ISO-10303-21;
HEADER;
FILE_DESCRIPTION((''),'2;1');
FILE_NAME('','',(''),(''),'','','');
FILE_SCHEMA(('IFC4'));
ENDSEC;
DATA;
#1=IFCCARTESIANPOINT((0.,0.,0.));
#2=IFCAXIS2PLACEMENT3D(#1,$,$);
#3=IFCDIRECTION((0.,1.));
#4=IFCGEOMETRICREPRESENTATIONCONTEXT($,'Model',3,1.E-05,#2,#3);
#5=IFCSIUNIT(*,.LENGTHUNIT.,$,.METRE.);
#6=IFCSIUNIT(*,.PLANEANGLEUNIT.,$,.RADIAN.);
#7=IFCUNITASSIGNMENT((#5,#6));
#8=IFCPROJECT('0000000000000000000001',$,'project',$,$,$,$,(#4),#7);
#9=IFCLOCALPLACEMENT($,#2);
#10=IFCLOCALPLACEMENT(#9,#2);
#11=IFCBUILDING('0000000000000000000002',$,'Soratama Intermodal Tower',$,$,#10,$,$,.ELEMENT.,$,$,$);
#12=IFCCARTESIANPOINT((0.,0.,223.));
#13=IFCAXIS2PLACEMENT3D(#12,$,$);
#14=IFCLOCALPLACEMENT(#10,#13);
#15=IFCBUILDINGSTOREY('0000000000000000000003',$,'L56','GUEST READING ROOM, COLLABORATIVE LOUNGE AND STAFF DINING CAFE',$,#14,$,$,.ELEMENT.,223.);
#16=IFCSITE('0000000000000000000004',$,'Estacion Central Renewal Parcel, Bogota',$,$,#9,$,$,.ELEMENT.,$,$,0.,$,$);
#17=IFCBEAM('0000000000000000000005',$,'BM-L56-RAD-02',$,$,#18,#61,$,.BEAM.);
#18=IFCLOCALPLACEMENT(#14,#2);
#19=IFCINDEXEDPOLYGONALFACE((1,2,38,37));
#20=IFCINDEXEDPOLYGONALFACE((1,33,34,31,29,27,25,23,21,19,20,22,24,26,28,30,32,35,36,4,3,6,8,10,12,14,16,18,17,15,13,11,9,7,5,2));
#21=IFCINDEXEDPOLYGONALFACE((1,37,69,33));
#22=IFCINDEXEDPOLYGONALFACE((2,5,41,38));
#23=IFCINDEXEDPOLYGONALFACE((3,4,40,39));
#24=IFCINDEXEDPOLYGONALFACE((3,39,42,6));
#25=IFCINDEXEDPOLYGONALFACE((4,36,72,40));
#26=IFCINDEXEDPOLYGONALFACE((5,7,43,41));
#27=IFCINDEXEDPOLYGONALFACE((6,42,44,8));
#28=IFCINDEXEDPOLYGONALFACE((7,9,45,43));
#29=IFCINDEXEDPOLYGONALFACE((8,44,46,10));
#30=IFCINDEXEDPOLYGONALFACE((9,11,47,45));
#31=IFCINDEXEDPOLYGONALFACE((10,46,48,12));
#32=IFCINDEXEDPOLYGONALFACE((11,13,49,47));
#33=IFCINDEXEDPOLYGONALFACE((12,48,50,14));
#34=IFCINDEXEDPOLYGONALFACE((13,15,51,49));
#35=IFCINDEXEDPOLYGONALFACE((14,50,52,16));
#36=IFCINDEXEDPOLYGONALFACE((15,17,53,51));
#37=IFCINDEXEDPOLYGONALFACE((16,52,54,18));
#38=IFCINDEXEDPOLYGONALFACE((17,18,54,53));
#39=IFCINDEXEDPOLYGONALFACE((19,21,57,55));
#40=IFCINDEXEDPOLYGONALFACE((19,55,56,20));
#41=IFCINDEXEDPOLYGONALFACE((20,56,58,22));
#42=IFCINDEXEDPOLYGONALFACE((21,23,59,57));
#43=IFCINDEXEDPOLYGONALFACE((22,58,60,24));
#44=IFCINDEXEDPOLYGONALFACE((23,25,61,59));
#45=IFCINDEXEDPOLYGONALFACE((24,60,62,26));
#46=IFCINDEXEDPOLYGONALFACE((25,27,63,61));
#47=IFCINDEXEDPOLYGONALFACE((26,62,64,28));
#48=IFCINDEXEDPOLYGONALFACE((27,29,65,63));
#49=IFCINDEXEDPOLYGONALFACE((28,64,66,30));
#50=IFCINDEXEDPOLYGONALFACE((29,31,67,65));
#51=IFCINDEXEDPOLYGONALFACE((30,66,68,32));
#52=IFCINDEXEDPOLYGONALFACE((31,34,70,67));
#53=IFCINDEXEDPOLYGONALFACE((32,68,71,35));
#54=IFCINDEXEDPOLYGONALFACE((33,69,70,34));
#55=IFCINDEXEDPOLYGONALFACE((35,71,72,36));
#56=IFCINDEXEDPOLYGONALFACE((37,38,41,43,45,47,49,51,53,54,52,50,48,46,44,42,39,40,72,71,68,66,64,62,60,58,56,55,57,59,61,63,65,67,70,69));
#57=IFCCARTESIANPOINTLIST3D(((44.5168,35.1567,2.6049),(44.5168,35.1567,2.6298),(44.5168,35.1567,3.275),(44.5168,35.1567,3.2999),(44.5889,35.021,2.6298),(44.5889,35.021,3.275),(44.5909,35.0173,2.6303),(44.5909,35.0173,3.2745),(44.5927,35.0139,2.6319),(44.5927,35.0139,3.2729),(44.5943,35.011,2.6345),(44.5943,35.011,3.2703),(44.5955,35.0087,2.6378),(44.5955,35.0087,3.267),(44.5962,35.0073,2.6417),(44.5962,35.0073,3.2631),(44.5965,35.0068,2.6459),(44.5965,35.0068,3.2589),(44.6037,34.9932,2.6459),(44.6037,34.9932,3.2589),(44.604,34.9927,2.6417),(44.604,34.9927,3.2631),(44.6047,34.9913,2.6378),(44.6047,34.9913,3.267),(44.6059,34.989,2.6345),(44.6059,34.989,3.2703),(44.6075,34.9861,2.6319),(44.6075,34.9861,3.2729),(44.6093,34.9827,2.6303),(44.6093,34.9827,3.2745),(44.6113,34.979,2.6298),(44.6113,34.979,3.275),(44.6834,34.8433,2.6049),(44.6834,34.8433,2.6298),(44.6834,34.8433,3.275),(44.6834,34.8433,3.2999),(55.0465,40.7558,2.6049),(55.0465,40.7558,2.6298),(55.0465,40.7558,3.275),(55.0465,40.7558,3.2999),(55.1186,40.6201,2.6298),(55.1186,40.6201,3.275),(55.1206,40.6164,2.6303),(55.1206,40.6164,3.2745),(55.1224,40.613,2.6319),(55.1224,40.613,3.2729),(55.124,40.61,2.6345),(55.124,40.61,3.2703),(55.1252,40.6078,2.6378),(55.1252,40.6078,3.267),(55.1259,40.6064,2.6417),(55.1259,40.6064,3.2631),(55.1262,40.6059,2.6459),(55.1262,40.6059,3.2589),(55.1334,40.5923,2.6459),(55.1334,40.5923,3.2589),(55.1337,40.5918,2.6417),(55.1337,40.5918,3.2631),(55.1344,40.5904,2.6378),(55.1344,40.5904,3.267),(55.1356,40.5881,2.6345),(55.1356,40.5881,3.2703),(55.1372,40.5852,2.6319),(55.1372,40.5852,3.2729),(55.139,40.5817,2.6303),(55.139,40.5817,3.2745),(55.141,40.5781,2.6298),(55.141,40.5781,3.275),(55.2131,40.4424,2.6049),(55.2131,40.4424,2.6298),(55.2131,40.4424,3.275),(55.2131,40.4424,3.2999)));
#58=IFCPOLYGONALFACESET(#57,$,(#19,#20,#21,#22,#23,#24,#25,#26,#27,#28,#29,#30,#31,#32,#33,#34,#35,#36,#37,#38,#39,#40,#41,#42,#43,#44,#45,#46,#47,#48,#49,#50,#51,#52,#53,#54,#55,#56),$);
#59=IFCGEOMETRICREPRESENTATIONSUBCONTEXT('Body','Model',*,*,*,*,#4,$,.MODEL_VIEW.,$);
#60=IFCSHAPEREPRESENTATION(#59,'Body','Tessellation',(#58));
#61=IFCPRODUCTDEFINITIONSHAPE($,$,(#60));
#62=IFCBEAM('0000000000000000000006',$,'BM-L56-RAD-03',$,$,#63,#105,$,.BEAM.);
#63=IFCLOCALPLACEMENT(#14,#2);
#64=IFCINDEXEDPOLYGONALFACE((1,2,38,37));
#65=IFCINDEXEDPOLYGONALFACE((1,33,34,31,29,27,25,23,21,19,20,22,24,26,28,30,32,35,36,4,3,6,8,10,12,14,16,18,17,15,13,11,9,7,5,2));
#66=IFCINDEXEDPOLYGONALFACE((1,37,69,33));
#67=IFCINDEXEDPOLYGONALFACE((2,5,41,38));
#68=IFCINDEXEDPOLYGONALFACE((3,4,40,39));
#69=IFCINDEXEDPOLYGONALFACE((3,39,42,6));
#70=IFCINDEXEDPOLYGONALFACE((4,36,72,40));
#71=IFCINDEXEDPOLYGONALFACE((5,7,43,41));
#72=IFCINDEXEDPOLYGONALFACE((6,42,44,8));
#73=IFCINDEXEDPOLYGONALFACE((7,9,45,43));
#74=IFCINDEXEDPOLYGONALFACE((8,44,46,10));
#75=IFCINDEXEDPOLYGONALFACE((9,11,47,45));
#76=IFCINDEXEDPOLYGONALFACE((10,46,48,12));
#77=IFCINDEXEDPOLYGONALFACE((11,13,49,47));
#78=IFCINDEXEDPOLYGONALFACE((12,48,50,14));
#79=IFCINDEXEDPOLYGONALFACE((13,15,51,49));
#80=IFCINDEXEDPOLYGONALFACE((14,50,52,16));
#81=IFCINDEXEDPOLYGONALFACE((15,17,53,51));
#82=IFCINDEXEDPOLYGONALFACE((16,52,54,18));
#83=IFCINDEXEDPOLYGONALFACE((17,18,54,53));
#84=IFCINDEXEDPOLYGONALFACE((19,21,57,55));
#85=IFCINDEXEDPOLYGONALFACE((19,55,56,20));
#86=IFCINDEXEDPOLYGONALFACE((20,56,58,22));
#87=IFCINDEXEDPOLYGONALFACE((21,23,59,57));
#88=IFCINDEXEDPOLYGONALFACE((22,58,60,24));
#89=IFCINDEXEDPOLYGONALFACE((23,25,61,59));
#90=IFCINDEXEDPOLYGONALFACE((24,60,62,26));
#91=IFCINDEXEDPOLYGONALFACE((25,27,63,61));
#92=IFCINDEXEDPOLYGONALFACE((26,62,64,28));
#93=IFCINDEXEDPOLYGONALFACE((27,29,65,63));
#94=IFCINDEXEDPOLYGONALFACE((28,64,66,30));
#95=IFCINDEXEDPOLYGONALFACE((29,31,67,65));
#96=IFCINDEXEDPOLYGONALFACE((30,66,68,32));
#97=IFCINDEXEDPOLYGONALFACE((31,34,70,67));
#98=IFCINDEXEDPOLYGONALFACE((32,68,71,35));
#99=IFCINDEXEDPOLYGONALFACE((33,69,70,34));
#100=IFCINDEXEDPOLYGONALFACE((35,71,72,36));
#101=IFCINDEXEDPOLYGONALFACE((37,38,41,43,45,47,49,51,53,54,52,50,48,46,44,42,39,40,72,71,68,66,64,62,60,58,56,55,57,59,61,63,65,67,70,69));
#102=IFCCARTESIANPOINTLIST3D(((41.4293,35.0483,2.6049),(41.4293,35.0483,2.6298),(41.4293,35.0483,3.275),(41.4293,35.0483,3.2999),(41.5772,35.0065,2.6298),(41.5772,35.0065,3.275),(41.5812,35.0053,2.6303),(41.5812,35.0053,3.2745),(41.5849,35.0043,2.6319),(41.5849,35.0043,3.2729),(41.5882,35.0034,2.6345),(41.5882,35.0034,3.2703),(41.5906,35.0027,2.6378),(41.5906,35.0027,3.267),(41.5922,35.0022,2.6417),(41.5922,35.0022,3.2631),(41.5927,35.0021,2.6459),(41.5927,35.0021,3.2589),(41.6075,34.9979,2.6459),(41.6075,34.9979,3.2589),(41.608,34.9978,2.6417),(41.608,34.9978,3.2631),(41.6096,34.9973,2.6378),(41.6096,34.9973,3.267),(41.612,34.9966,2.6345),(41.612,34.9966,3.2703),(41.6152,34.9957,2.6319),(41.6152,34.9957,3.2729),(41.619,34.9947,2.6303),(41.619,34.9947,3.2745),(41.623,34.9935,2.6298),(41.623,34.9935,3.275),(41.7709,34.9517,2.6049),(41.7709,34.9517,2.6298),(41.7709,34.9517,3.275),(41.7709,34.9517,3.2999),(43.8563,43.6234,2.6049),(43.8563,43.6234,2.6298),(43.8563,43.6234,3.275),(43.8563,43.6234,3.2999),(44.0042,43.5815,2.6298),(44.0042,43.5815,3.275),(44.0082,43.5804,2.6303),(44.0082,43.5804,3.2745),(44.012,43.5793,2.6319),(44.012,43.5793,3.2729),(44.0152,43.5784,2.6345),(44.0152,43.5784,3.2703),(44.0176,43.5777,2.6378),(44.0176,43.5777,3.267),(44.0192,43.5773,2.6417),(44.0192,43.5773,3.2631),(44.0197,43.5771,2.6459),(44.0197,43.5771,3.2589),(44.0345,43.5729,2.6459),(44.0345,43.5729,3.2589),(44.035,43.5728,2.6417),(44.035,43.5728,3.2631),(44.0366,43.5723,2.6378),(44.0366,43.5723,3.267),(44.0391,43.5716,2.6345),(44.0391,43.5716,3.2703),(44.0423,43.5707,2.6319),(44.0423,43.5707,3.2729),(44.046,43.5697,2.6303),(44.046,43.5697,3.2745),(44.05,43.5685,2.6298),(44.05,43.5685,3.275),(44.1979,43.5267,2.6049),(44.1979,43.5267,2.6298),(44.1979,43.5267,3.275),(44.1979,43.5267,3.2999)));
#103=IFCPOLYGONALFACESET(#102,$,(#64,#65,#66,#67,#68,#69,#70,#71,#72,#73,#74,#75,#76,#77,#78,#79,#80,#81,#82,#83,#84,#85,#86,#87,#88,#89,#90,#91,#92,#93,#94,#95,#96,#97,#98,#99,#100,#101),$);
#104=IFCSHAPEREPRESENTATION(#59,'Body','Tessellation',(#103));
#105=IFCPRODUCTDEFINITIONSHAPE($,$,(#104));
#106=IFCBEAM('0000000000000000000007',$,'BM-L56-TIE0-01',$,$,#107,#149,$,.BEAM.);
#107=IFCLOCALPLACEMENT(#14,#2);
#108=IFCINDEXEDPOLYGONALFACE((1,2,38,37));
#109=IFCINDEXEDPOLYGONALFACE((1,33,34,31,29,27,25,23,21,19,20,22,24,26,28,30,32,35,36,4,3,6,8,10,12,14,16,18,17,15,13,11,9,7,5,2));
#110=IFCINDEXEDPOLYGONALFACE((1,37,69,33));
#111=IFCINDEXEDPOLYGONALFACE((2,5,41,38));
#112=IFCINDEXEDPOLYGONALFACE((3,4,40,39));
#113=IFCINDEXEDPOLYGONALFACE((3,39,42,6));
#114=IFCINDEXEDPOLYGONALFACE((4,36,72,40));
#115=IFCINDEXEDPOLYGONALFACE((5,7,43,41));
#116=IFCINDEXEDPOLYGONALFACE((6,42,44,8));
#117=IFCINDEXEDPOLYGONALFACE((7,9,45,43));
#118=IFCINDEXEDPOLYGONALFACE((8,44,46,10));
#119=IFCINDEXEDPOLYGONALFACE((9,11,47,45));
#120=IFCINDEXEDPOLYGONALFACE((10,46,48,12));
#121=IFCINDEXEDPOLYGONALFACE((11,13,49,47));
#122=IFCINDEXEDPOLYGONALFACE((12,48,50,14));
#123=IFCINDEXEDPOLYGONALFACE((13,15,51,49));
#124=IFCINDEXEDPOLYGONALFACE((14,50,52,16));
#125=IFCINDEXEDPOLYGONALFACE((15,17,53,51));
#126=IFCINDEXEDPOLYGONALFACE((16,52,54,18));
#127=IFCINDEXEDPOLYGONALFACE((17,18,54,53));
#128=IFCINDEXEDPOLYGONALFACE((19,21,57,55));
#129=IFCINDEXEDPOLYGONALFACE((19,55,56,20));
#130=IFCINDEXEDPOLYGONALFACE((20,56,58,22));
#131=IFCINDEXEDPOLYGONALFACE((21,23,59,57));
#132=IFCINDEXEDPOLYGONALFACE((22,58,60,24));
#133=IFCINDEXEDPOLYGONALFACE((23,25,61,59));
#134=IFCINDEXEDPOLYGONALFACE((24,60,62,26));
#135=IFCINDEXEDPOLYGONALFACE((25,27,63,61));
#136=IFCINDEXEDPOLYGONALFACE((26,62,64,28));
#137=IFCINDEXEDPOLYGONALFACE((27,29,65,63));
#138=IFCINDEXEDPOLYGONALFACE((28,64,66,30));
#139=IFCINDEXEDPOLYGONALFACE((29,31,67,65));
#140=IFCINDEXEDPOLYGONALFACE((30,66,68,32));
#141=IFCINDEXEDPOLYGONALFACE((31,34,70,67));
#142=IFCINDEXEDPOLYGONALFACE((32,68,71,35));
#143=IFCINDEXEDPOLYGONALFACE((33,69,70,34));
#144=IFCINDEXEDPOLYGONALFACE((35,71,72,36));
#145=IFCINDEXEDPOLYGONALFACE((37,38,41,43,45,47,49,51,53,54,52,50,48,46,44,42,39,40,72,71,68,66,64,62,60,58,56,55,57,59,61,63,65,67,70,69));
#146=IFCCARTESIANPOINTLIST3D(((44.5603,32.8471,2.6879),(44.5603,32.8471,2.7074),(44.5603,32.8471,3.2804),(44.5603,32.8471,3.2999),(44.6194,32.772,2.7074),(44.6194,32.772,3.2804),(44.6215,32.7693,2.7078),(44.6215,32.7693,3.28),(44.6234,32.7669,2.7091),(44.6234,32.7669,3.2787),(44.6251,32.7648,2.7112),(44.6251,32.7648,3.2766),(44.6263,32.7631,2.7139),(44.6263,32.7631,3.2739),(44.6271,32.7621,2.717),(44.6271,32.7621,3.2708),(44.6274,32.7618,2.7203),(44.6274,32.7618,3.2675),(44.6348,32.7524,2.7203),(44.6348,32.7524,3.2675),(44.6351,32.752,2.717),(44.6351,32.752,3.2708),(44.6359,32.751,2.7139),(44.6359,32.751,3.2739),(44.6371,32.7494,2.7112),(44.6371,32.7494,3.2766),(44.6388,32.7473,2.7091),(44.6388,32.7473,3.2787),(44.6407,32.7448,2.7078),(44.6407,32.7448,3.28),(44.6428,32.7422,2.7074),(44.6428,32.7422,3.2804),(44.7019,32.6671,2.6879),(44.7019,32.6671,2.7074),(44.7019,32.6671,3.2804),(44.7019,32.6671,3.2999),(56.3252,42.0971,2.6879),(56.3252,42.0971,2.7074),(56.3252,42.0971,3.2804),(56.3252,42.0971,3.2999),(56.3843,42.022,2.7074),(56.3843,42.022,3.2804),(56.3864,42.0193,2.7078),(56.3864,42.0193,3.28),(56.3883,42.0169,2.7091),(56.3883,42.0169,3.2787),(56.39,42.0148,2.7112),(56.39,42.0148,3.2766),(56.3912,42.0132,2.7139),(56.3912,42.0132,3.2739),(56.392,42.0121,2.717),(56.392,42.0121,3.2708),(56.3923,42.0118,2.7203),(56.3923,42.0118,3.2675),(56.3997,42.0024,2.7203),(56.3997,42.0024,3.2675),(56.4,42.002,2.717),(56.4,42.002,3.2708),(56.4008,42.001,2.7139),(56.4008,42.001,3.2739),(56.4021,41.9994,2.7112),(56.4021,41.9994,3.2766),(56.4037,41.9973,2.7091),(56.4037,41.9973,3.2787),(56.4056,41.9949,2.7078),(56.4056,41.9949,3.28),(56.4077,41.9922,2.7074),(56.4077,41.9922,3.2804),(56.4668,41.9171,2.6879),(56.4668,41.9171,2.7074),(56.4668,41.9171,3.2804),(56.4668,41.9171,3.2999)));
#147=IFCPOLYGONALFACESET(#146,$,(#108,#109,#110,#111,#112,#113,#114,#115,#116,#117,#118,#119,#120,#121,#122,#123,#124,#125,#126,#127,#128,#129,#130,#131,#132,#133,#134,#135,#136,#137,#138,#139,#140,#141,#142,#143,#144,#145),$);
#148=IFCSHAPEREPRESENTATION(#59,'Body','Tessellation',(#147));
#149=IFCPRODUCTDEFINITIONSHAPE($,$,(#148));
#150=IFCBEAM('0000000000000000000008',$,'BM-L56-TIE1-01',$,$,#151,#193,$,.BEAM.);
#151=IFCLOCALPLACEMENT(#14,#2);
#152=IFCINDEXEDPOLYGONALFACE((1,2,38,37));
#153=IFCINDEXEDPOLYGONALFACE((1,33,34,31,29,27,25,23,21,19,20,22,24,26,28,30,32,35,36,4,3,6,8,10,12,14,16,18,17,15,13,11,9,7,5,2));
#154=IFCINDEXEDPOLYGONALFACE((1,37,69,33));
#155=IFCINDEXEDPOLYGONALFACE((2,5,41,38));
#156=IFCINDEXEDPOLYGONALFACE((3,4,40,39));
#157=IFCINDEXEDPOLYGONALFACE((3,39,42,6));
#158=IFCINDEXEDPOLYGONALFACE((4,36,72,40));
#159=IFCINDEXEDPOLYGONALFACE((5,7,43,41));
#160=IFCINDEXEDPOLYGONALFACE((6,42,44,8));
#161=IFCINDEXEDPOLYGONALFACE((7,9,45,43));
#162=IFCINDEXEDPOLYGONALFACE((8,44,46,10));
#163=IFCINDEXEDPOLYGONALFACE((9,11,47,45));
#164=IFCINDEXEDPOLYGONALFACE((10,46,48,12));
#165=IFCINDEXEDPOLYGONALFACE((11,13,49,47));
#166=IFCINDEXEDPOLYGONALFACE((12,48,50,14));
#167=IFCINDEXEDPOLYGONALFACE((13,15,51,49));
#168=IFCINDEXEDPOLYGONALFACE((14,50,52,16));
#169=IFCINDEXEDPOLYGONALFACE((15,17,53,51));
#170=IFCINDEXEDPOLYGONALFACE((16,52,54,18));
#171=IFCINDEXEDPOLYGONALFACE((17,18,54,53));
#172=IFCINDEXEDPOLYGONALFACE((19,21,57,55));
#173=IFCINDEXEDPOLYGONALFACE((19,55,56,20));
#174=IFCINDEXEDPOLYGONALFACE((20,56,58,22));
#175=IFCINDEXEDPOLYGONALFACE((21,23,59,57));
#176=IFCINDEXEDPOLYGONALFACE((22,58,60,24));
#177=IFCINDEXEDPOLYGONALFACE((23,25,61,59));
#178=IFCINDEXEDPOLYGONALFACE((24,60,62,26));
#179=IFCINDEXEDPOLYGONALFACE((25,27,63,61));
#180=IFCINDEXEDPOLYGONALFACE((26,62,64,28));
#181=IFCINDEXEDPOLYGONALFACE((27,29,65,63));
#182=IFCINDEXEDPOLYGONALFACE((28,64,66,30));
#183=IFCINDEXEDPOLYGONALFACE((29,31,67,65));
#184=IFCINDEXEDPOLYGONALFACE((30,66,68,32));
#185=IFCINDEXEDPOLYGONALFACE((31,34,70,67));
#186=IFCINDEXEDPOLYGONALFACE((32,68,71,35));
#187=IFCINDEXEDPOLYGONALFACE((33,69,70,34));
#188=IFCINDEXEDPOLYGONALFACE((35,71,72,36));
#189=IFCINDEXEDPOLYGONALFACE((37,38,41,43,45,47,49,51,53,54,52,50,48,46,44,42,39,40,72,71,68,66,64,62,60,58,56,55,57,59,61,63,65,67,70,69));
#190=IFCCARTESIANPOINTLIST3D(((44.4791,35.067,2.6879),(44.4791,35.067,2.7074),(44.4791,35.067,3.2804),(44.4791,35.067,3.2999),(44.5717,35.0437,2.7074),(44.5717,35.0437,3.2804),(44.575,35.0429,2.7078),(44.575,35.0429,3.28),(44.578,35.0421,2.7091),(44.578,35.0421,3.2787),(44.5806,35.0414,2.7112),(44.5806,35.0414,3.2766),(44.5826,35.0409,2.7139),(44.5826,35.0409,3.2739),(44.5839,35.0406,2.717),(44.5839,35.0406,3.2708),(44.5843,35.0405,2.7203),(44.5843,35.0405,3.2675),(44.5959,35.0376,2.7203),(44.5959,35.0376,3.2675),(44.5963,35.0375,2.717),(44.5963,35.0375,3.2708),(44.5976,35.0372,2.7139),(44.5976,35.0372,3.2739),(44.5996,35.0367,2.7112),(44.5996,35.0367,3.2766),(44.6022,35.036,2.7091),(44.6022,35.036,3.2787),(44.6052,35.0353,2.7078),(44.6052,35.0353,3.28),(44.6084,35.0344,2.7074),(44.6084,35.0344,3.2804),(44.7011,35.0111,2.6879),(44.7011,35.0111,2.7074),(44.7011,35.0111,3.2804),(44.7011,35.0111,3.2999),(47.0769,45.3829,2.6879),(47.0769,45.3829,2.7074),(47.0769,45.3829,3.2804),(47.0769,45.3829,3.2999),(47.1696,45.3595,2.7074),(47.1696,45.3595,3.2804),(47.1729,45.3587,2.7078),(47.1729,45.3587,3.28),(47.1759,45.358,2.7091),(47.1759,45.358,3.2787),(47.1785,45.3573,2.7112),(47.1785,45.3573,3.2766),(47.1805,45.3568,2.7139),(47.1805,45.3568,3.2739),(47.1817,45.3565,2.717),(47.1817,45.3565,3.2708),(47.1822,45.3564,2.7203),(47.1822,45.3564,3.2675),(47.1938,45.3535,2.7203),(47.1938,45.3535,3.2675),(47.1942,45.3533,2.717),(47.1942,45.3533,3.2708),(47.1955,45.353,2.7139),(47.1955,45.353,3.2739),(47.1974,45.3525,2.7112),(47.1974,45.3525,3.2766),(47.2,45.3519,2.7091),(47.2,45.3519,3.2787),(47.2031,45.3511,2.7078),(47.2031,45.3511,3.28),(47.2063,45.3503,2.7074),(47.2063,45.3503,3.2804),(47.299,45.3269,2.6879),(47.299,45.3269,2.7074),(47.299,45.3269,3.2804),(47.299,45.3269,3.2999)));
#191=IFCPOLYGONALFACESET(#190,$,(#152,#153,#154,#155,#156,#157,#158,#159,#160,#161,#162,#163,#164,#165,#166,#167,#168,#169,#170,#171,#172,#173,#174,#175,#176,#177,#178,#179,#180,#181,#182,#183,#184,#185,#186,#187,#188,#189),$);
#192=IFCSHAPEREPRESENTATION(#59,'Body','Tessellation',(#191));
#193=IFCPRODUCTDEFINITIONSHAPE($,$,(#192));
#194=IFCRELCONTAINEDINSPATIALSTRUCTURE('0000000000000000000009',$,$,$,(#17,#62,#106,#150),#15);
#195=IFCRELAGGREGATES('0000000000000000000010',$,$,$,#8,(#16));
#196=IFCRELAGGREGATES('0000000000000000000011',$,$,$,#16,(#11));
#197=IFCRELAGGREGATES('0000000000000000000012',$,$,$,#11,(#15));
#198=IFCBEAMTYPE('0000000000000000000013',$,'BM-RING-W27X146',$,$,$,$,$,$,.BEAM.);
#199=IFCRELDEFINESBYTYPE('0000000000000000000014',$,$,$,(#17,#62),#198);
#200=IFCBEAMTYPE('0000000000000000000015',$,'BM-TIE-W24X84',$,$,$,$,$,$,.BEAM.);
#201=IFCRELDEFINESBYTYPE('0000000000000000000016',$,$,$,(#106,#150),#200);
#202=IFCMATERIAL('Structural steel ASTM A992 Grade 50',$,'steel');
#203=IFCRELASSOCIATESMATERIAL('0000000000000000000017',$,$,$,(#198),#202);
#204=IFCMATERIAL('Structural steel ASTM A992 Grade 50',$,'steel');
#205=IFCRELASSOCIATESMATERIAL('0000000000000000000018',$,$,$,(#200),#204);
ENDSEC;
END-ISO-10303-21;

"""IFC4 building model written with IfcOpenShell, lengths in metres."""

from ifc_helpers import new_model, si_unit, direction, frame, origin, origin_2d, place, context, subcontext, project, spatial, i_section, extrude, material, material_profile, profile_set, type_object, element, save


model = new_model("IFC4")

# Units and contexts
model_context = context("Model", 3, precision=1e-05, world=origin(), true_north=direction((0.0, 1.0)))
body_context = subcontext(model_context, "Body", "Model", "MODEL_VIEW")
ifc_project = project(units=[si_unit("LENGTHUNIT", "METRE"), si_unit("PLANEANGLEUNIT", "RADIAN")], contexts=[model_context])

# Site, building, storey
site_placement = place(None, origin())
site = spatial("IfcSite", under=ifc_project, at=site_placement, Name="Estacion Central Renewal Parcel, Bogota", CompositionType="ELEMENT", RefElevation=0.0)
building_placement = place(site_placement, origin())
building = spatial("IfcBuilding", under=site, at=building_placement, Name="Soratama Intermodal Tower", CompositionType="ELEMENT")
storey_placement = place(building_placement, frame((0.0, 0.0, 223.0)))
storey = spatial("IfcBuildingStorey", under=building, at=storey_placement, Name="L56", Description="GUEST READING ROOM, COLLABORATIVE LOUNGE AND STAFF DINING CAFE", CompositionType="ELEMENT", Elevation=223.0)

# Beams
ifc_material_1 = material(Name="Structural steel ASTM A992 Grade 50", Category="steel")
ifc_material_profile_1 = material_profile(ifc_material_1, i_section(OverallWidth=0.355, OverallDepth=0.6951, WebThickness=0.0154, FlangeThickness=0.0249, FilletRadius=0.0161, at=origin_2d()), Name="W27X146")
ifc_profile_set_1 = profile_set([ifc_material_profile_1], Name="Structural steel ASTM A992 Grade 50")
beam_type_1 = type_object("IfcBeamType", Name="BM-RING-W27X146", PredefinedType="BEAM", material=ifc_profile_set_1)
beam_1_placement = place(storey_placement, frame((44.6001, 35.0, 2.9524), z_axis=(0.882936, 0.469493, 0.0), x_axis=(-0.469493, 0.882936, 0.0)))
element("IfcBeam", 1, at=beam_1_placement, inside=storey, type_object=beam_type_1, Name="BM-L56-RAD-02", PredefinedType="BEAM", context=body_context, shape_type="SweptSolid", body=[
    extrude(i_section(OverallWidth=0.355, OverallDepth=0.6951, WebThickness=0.0154, FlangeThickness=0.0249, FilletRadius=0.0161, at=origin_2d()), origin(), (0.0, 0.0, 1.0), 11.9258),
])
beam_2_placement = place(storey_placement, frame((41.6001, 35.0, 2.9524), z_axis=(0.272336, 0.962202, 0.0), x_axis=(-0.962202, 0.272336, 0.0)))
element("IfcBeam", 2, at=beam_2_placement, inside=storey, type_object=beam_type_1, Name="BM-L56-RAD-03", PredefinedType="BEAM", context=body_context, shape_type="SweptSolid", body=[
    extrude(i_section(OverallWidth=0.355, OverallDepth=0.6951, WebThickness=0.0154, FlangeThickness=0.0249, FilletRadius=0.0161, at=origin_2d()), origin(), (0.0, 0.0, 1.0), 8.9119),
])
ifc_material_2 = material(Name="Structural steel ASTM A992 Grade 50", Category="steel")
ifc_material_profile_2 = material_profile(ifc_material_2, i_section(OverallWidth=0.229, OverallDepth=0.6121, WebThickness=0.012, FlangeThickness=0.0195, FilletRadius=0.0129, at=origin_2d()), Name="W24X84")
ifc_profile_set_2 = profile_set([ifc_material_profile_2], Name="Structural steel ASTM A992 Grade 50")
beam_type_2 = type_object("IfcBeamType", Name="BM-TIE-W24X84", PredefinedType="BEAM", material=ifc_profile_set_2)
beam_3_placement = place(storey_placement, frame((44.6311, 32.7571, 2.9939), z_axis=(0.786118, 0.618076, 0.0), x_axis=(-0.618076, 0.786118, 0.0)))
element("IfcBeam", 3, at=beam_3_placement, inside=storey, type_object=beam_type_2, Name="BM-L56-TIE0-01", PredefinedType="BEAM", context=body_context, shape_type="SweptSolid", body=[
    extrude(i_section(OverallWidth=0.229, OverallDepth=0.6121, WebThickness=0.012, FlangeThickness=0.0195, FilletRadius=0.0129, at=origin_2d()), origin(), (0.0, 0.0, 1.0), 14.9658),
])
beam_4_placement = place(storey_placement, frame((44.5901, 35.0391, 2.9939), z_axis=(0.244209, 0.969723, 0.0), x_axis=(-0.969723, 0.244209, 0.0)))
element("IfcBeam", 4, at=beam_4_placement, inside=storey, type_object=beam_type_2, Name="BM-L56-TIE1-01", PredefinedType="BEAM", context=body_context, shape_type="SweptSolid", body=[
    extrude(i_section(OverallWidth=0.229, OverallDepth=0.6121, WebThickness=0.012, FlangeThickness=0.0195, FilletRadius=0.0129, at=origin_2d()), origin(), (0.0, 0.0, 1.0), 10.6379),
])

save(model, "model.ifc")
